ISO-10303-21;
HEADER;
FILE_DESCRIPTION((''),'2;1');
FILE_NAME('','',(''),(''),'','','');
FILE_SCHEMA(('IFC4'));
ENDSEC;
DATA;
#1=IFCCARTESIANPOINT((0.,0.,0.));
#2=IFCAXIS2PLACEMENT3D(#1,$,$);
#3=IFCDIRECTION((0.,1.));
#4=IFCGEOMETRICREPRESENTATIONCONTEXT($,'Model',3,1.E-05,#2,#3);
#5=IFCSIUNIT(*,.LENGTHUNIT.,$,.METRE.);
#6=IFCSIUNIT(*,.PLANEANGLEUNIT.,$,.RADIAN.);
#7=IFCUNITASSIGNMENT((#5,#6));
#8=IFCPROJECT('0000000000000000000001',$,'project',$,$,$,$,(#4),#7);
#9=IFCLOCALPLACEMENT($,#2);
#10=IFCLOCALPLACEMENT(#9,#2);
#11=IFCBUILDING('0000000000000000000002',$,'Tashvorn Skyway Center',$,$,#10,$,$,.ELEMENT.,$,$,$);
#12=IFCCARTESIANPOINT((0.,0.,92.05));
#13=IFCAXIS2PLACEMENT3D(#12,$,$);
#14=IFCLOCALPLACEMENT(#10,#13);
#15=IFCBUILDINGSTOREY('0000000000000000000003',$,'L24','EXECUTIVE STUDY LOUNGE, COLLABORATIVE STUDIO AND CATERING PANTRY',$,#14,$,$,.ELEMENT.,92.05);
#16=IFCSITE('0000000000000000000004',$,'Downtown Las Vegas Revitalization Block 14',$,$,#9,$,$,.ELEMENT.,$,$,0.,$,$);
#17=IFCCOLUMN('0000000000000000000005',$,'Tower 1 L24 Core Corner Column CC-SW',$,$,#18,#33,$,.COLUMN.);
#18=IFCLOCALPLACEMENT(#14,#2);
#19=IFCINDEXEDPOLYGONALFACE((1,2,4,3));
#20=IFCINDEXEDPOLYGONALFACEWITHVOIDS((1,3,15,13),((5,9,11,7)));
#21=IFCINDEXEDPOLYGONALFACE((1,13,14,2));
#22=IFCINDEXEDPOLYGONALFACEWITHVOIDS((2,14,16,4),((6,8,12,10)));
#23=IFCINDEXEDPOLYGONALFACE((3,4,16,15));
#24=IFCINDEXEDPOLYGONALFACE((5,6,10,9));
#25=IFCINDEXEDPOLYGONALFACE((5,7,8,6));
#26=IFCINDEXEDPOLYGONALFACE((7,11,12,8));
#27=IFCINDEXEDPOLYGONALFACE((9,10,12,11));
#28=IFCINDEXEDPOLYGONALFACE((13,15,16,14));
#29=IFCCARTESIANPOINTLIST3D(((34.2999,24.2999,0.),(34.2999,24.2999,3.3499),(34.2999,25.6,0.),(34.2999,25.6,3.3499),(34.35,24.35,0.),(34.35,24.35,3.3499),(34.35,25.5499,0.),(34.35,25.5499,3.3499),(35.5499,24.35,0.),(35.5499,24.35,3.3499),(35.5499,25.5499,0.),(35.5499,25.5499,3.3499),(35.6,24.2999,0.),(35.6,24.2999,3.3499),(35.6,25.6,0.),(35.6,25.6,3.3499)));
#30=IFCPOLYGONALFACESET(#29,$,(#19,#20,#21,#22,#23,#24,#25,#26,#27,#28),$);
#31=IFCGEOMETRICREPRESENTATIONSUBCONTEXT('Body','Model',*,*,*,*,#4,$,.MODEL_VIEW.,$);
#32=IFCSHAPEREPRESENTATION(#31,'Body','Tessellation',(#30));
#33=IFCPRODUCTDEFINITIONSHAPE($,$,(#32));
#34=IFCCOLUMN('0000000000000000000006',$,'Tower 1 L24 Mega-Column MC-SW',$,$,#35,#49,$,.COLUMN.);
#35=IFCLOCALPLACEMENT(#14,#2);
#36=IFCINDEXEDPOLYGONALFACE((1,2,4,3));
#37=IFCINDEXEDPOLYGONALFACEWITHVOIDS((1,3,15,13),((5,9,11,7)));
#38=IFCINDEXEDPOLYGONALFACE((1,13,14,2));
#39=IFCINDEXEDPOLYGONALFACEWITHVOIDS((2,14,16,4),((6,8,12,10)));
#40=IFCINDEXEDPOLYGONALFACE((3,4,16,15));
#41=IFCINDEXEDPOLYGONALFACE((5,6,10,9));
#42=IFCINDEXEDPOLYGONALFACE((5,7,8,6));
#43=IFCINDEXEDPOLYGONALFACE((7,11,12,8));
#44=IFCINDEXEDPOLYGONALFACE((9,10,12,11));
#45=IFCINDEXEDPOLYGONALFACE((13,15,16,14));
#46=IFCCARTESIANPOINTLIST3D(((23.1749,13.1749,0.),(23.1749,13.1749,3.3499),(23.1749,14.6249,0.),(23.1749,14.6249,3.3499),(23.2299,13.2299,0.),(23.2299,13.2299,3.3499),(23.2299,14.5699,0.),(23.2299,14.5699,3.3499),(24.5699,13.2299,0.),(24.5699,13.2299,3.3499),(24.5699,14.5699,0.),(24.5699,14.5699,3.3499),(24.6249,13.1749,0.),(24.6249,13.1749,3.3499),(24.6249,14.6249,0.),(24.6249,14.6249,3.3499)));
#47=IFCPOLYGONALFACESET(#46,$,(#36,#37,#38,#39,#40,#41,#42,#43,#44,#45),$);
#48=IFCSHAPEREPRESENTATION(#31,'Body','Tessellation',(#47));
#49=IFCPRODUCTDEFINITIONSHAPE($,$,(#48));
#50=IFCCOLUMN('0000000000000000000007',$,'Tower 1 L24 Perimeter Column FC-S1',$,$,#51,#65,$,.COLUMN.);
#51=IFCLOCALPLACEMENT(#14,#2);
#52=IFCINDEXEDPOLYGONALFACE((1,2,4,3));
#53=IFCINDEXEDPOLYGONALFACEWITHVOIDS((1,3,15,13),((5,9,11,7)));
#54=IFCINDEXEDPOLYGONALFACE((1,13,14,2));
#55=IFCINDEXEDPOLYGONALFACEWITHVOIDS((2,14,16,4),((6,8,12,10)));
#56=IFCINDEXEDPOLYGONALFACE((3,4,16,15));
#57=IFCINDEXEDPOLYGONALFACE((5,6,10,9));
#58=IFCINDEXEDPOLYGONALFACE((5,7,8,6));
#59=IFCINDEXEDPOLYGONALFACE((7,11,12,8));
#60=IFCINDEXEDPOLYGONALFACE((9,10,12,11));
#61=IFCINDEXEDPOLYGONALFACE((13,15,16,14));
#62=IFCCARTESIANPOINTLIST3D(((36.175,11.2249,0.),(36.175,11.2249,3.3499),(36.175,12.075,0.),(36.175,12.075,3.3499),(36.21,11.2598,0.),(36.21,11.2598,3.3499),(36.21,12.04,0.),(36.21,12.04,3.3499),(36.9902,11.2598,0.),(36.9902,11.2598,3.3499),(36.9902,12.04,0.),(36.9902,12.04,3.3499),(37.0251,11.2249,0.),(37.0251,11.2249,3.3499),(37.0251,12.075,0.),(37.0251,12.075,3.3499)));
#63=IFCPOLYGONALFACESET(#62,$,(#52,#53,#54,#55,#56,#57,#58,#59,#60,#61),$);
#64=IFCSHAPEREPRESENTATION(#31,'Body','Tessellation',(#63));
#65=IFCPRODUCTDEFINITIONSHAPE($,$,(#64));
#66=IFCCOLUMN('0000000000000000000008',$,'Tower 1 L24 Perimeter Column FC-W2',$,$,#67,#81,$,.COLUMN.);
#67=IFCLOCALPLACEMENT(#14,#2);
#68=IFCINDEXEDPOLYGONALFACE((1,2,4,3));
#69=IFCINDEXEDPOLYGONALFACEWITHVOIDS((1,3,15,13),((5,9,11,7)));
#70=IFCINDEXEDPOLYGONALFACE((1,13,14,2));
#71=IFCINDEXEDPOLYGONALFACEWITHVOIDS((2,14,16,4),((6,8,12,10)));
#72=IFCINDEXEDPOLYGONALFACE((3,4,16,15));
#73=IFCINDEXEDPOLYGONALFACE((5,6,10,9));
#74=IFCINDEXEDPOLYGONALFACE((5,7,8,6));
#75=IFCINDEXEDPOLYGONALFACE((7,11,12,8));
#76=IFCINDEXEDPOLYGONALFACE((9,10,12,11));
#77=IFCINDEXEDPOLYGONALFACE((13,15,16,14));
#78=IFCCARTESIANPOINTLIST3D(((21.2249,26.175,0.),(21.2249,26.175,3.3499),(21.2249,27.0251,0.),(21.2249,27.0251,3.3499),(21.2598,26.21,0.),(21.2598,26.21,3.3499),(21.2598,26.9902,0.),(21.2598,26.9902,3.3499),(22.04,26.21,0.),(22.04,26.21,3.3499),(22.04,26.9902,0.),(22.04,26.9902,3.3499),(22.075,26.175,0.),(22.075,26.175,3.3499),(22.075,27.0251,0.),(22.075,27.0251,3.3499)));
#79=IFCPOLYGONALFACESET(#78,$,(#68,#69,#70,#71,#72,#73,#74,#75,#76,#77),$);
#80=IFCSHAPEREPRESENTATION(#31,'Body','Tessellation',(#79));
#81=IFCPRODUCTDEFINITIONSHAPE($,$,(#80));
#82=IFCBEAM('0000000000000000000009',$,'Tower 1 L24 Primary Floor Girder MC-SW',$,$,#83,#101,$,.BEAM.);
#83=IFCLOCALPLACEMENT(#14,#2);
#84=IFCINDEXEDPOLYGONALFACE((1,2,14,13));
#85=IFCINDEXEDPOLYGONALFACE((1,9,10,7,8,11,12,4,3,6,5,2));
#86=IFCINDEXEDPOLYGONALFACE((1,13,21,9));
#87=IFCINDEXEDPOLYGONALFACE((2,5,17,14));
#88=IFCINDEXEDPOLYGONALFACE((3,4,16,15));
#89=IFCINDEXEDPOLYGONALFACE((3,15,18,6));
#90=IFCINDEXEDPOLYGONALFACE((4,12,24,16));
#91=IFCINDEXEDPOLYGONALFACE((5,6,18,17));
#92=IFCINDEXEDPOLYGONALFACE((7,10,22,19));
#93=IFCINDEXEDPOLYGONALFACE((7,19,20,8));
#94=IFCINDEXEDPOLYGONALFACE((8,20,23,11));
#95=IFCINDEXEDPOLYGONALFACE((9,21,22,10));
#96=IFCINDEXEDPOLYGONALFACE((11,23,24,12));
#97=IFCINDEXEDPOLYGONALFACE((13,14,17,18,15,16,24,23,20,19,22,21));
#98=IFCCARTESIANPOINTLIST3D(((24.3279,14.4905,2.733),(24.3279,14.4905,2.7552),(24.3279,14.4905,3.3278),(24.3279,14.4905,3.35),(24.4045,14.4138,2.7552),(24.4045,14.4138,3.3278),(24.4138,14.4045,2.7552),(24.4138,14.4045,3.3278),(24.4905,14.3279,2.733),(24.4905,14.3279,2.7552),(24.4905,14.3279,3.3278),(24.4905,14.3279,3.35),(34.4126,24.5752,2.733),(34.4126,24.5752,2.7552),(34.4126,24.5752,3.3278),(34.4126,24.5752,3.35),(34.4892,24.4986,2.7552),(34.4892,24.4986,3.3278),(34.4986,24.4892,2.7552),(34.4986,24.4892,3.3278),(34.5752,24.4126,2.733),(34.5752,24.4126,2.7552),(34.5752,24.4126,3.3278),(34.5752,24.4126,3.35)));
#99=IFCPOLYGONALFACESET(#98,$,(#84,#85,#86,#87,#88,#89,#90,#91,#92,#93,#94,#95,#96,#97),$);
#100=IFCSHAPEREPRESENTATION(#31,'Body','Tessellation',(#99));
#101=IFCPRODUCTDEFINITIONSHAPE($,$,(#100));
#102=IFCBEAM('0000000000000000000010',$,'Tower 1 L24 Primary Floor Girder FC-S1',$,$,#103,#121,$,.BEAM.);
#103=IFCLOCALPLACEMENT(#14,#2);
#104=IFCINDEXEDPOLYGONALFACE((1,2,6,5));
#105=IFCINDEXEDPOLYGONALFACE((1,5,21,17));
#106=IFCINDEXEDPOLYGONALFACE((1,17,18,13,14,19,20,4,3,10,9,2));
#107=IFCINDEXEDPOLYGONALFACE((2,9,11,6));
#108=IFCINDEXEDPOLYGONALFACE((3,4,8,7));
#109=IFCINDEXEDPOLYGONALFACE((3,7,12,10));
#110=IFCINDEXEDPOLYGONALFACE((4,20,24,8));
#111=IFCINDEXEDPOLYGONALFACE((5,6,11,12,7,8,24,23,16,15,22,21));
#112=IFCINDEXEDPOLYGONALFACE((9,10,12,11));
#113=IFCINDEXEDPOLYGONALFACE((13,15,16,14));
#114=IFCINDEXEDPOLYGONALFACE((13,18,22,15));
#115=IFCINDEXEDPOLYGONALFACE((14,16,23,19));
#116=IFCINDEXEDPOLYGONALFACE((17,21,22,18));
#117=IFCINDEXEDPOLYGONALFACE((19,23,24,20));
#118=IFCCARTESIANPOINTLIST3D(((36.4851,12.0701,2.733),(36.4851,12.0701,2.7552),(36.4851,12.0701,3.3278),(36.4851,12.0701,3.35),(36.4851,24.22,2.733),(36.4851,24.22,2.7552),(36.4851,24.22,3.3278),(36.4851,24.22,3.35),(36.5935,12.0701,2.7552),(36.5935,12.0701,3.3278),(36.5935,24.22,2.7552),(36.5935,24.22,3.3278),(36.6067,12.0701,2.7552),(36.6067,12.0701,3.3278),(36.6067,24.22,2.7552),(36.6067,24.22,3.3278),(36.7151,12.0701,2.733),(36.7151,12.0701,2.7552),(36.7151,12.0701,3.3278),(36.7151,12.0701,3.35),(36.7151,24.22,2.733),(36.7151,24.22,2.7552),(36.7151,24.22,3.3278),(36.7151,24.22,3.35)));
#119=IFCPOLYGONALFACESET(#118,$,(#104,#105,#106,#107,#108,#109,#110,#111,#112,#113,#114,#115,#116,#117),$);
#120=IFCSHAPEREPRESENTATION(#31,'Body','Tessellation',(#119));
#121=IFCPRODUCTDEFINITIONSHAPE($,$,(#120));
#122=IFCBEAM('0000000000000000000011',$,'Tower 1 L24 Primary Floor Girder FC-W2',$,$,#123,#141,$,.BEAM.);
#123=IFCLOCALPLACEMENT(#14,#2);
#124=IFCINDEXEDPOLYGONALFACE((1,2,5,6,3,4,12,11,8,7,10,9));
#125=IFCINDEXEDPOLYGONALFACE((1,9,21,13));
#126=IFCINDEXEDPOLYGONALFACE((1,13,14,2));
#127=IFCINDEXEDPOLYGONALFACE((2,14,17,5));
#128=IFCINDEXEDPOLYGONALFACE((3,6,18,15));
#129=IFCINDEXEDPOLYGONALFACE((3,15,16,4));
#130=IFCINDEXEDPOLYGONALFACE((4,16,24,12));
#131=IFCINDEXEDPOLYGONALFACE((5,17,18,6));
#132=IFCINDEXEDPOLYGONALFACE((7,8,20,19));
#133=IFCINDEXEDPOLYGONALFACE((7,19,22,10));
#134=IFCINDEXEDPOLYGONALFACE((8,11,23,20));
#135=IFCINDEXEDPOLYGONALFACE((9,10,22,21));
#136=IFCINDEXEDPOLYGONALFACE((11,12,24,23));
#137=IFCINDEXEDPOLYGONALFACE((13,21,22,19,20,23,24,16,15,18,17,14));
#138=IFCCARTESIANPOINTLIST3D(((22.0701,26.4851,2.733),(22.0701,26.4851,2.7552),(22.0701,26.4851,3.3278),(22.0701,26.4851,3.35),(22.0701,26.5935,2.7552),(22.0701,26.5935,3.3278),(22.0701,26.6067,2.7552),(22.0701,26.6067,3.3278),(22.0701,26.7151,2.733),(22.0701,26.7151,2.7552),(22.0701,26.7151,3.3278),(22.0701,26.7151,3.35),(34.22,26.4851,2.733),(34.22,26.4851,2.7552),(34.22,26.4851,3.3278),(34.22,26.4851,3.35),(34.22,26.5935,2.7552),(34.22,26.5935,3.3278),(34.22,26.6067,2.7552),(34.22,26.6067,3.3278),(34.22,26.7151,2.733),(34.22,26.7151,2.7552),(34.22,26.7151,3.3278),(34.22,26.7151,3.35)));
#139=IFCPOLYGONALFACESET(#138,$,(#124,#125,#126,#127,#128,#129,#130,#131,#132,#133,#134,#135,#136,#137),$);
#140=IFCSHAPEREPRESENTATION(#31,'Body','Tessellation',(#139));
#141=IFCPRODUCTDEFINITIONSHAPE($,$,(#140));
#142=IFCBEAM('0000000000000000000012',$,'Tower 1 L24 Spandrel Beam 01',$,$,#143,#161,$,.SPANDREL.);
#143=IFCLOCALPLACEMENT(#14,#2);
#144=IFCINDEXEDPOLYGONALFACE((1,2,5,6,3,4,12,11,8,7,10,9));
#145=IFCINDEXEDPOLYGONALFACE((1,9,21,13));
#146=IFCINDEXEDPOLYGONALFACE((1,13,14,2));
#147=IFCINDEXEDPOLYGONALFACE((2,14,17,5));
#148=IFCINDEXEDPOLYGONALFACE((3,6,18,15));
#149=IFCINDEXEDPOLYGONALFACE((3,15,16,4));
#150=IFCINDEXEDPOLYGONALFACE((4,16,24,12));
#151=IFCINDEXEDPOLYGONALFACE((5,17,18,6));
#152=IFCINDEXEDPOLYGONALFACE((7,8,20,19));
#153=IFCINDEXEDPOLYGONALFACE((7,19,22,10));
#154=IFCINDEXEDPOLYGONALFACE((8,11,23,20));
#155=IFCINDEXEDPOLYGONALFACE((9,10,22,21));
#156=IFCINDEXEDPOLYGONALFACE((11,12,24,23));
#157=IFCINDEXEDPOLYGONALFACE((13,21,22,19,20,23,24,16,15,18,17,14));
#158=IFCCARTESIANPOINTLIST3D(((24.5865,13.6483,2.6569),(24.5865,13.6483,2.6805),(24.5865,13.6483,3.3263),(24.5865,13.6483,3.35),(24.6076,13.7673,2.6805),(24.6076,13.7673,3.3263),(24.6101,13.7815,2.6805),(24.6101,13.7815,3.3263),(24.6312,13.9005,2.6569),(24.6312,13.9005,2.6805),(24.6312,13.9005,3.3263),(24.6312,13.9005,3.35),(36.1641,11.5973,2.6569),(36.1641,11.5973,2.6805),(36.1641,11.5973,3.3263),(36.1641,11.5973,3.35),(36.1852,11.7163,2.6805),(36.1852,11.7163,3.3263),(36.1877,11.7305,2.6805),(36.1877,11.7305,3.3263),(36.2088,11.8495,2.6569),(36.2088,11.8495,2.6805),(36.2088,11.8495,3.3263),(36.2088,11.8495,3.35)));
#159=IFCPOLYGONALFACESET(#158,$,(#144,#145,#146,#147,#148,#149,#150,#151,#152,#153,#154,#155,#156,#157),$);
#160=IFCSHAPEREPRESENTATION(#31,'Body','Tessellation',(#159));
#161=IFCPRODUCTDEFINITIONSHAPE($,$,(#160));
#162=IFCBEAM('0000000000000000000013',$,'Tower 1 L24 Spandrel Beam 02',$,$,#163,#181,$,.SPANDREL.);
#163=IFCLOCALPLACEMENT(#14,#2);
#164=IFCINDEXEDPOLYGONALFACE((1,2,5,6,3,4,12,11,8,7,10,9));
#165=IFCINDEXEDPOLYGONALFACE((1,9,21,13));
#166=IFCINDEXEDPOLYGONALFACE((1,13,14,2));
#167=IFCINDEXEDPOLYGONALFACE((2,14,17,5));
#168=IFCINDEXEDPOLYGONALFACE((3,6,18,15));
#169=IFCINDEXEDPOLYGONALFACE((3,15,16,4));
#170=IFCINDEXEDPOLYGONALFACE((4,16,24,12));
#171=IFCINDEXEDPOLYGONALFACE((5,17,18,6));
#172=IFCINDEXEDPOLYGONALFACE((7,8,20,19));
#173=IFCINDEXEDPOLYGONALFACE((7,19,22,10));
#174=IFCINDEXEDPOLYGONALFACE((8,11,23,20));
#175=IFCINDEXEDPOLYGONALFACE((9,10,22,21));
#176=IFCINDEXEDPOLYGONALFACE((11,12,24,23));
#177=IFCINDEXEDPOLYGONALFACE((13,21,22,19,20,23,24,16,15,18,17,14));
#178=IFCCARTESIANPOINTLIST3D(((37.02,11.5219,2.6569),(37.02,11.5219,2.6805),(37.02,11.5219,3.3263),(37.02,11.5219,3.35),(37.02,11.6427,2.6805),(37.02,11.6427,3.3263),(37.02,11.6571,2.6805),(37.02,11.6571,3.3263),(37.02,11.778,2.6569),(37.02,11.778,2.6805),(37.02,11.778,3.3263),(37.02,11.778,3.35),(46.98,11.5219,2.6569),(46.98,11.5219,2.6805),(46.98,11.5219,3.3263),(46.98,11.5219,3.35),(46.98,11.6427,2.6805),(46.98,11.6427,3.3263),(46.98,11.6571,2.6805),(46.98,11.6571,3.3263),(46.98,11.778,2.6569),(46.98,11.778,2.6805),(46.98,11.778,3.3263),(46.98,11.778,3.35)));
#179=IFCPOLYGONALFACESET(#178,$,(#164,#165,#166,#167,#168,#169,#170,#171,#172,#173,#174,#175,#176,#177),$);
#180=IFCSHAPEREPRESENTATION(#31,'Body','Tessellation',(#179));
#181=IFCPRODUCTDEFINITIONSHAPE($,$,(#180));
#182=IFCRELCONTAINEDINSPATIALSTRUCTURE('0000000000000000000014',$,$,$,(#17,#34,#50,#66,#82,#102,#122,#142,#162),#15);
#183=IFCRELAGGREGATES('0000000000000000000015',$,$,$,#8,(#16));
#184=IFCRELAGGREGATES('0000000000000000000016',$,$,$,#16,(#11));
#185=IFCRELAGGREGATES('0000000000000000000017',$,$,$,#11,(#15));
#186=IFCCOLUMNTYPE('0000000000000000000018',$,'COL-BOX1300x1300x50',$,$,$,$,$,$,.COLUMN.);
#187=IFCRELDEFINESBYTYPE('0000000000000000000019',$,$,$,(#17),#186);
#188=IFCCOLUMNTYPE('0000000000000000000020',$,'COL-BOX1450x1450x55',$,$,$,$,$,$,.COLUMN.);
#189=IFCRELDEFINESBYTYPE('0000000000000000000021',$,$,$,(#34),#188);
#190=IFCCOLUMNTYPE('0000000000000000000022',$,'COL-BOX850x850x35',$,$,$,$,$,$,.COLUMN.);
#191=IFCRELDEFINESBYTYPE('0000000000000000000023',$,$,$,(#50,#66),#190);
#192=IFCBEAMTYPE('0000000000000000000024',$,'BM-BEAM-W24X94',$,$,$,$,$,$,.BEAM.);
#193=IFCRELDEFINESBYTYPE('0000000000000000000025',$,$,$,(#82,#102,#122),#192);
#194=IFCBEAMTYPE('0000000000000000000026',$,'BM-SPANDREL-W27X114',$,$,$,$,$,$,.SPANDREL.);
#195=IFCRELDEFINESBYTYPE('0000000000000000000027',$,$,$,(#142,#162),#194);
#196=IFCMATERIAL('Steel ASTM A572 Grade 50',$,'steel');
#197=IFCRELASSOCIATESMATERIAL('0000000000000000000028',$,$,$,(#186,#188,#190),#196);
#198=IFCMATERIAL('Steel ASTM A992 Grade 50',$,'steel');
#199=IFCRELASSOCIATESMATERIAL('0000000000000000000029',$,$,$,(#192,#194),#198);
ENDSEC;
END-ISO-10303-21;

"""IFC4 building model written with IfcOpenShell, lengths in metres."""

from ifc_helpers import new_model, si_unit, direction, frame, origin, origin_2d, place, context, subcontext, project, spatial, hollow_rectangle, i_section, extrude, material, material_profile, profile_set, type_object, element, save


model = new_model("IFC4")

# Units and contexts
model_context = context("Model", 3, precision=1e-05, world=origin(), true_north=direction((0.0, 1.0)))
body_context = subcontext(model_context, "Body", "Model", "MODEL_VIEW")
ifc_project = project(units=[si_unit("LENGTHUNIT", "METRE"), si_unit("PLANEANGLEUNIT", "RADIAN")], contexts=[model_context])

# Site, building, storey
site_placement = place(None, origin())
site = spatial("IfcSite", under=ifc_project, at=site_placement, Name="Downtown Las Vegas Revitalization Block 14", CompositionType="ELEMENT", RefElevation=0.0)
building_placement = place(site_placement, origin())
building = spatial("IfcBuilding", under=site, at=building_placement, Name="Tashvorn Skyway Center", CompositionType="ELEMENT")
storey_placement = place(building_placement, frame((0.0, 0.0, 92.05)))
storey = spatial("IfcBuildingStorey", under=building, at=storey_placement, Name="L24", Description="EXECUTIVE STUDY LOUNGE, COLLABORATIVE STUDIO AND CATERING PANTRY", CompositionType="ELEMENT", Elevation=92.05)

# Columns
ifc_material_1 = material(Name="Steel ASTM A572 Grade 50", Category="steel")
ifc_material_profile_1 = material_profile(ifc_material_1, hollow_rectangle(XDim=1.3, YDim=1.3, WallThickness=0.05, at=origin_2d()), Name="BOX1300x1300x50")
ifc_profile_set_1 = profile_set([ifc_material_profile_1], Name="Steel ASTM A572 Grade 50")
column_type_1 = type_object("IfcColumnType", Name="COL-BOX1300x1300x50", PredefinedType="COLUMN", material=ifc_profile_set_1)
column_1_placement = place(storey_placement, frame((34.95, 24.95, 0.0), z_axis=(0.0, 0.0, 1.0), x_axis=(1.0, 0.0, 0.0)))
element("IfcColumn", 1, at=column_1_placement, inside=storey, type_object=column_type_1, Name="Tower 1 L24 Core Corner Column CC-SW", PredefinedType="COLUMN", context=body_context, shape_type="SweptSolid", body=[
    extrude(hollow_rectangle(XDim=1.3, YDim=1.3, WallThickness=0.05, at=origin_2d()), origin(), (0.0, 0.0, 1.0), 3.3499),
])
ifc_material_profile_2 = material_profile(ifc_material_1, hollow_rectangle(XDim=1.45, YDim=1.45, WallThickness=0.0549, at=origin_2d()), Name="BOX1450x1450x55")
ifc_profile_set_2 = profile_set([ifc_material_profile_2], Name="Steel ASTM A572 Grade 50")
column_type_2 = type_object("IfcColumnType", Name="COL-BOX1450x1450x55", PredefinedType="COLUMN", material=ifc_profile_set_2)
column_2_placement = place(storey_placement, frame((23.8999, 13.8999, 0.0), z_axis=(0.0, 0.0, 1.0), x_axis=(1.0, 0.0, 0.0)))
element("IfcColumn", 2, at=column_2_placement, inside=storey, type_object=column_type_2, Name="Tower 1 L24 Mega-Column MC-SW", PredefinedType="COLUMN", context=body_context, shape_type="SweptSolid", body=[
    extrude(hollow_rectangle(XDim=1.45, YDim=1.45, WallThickness=0.0549, at=origin_2d()), origin(), (0.0, 0.0, 1.0), 3.3499),
])
ifc_material_profile_3 = material_profile(ifc_material_1, hollow_rectangle(XDim=0.8501, YDim=0.8501, WallThickness=0.0349, at=origin_2d()), Name="BOX850x850x35")
ifc_profile_set_3 = profile_set([ifc_material_profile_3], Name="Steel ASTM A572 Grade 50")
column_type_3 = type_object("IfcColumnType", Name="COL-BOX850x850x35", PredefinedType="COLUMN", material=ifc_profile_set_3)
for number, where, z_axis, x_axis, name in (
    (3, (36.6001, 11.6499, 0.0), (0.0, 0.0, 1.0), (1.0, 0.0, 0.0), "Tower 1 L24 Perimeter Column FC-S1"),
    (4, (21.6499, 26.6001, 0.0), (0.0, 0.0, 1.0), (1.0, 0.0, 0.0), "Tower 1 L24 Perimeter Column FC-W2"),
):
    element("IfcColumn", number, at=place(storey_placement, frame(where, z_axis=z_axis, x_axis=x_axis)), inside=storey, type_object=column_type_3, Name=name, PredefinedType="COLUMN", context=body_context, shape_type="SweptSolid", body=[
        extrude(hollow_rectangle(XDim=0.8501, YDim=0.8501, WallThickness=0.0349, at=origin_2d()), origin(), (0.0, 0.0, 1.0), 3.3499),
    ])

# Beams
ifc_material_2 = material(Name="Steel ASTM A992 Grade 50", Category="steel")
ifc_material_profile_4 = material_profile(ifc_material_2, i_section(OverallWidth=0.23, OverallDepth=0.6169, WebThickness=0.0132, FlangeThickness=0.0222, at=origin_2d()), Name="W24X94")
ifc_profile_set_4 = profile_set([ifc_material_profile_4], Name="Steel ASTM A992 Grade 50")
beam_type_1 = type_object("IfcBeamType", Name="BM-BEAM-W24X94", PredefinedType="BEAM", material=ifc_profile_set_4)
beam_1_placement = place(storey_placement, frame((24.4092, 14.4092, 3.0415), z_axis=(0.707107, 0.707107, 0.0), x_axis=(-0.707107, 0.707107, 0.0)))
element("IfcBeam", 5, at=beam_1_placement, inside=storey, type_object=beam_type_1, Name="Tower 1 L24 Primary Floor Girder MC-SW", PredefinedType="BEAM", context=body_context, shape_type="SweptSolid", body=[
    extrude(i_section(OverallWidth=0.23, OverallDepth=0.6169, WebThickness=0.0132, FlangeThickness=0.0222, at=origin_2d()), origin(), (0.0, 0.0, 1.0), 14.262),
])
for number, where, z_axis, x_axis, name in (
    (6, (36.6001, 12.0701, 3.0415), (0.0, 1.0, 0.0), (-1.0, 0.0, 0.0), "Tower 1 L24 Primary Floor Girder FC-S1"),
    (7, (22.0701, 26.6001, 3.0415), (1.0, 0.0, 0.0), (0.0, 1.0, 0.0), "Tower 1 L24 Primary Floor Girder FC-W2"),
):
    element("IfcBeam", number, at=place(storey_placement, frame(where, z_axis=z_axis, x_axis=x_axis)), inside=storey, type_object=beam_type_1, Name=name, PredefinedType="BEAM", context=body_context, shape_type="SweptSolid", body=[
        extrude(i_section(OverallWidth=0.23, OverallDepth=0.6169, WebThickness=0.0132, FlangeThickness=0.0222, at=origin_2d()), origin(), (0.0, 0.0, 1.0), 12.1499),
    ])
ifc_material_profile_5 = material_profile(ifc_material_2, i_section(OverallWidth=0.2561, OverallDepth=0.6931, WebThickness=0.0144, FlangeThickness=0.0237, at=origin_2d()), Name="W27X114")
ifc_profile_set_5 = profile_set([ifc_material_profile_5], Name="Steel ASTM A992 Grade 50")
beam_type_2 = type_object("IfcBeamType", Name="BM-SPANDREL-W27X114", PredefinedType="SPANDREL", material=ifc_profile_set_5)
beam_2_placement = place(storey_placement, frame((24.6089, 13.7744, 3.0034), z_axis=(0.984668, -0.174438, 0.0), x_axis=(0.174438, 0.984668, 0.0)))
element("IfcBeam", 8, at=beam_2_placement, inside=storey, type_object=beam_type_2, Name="Tower 1 L24 Spandrel Beam 01", PredefinedType="SPANDREL", context=body_context, shape_type="SweptSolid", body=[
    extrude(i_section(OverallWidth=0.2561, OverallDepth=0.6931, WebThickness=0.0144, FlangeThickness=0.0237, at=origin_2d()), origin(), (0.0, 0.0, 1.0), 11.7578),
])
beam_3_placement = place(storey_placement, frame((37.02, 11.6499, 3.0034), z_axis=(1.0, 0.0, 0.0), x_axis=(0.0, 1.0, 0.0)))
element("IfcBeam", 9, at=beam_3_placement, inside=storey, type_object=beam_type_2, Name="Tower 1 L24 Spandrel Beam 02", PredefinedType="SPANDREL", context=body_context, shape_type="SweptSolid", body=[
    extrude(i_section(OverallWidth=0.2561, OverallDepth=0.6931, WebThickness=0.0144, FlangeThickness=0.0237, at=origin_2d()), origin(), (0.0, 0.0, 1.0), 9.96),
])

save(model, "model.ifc")
